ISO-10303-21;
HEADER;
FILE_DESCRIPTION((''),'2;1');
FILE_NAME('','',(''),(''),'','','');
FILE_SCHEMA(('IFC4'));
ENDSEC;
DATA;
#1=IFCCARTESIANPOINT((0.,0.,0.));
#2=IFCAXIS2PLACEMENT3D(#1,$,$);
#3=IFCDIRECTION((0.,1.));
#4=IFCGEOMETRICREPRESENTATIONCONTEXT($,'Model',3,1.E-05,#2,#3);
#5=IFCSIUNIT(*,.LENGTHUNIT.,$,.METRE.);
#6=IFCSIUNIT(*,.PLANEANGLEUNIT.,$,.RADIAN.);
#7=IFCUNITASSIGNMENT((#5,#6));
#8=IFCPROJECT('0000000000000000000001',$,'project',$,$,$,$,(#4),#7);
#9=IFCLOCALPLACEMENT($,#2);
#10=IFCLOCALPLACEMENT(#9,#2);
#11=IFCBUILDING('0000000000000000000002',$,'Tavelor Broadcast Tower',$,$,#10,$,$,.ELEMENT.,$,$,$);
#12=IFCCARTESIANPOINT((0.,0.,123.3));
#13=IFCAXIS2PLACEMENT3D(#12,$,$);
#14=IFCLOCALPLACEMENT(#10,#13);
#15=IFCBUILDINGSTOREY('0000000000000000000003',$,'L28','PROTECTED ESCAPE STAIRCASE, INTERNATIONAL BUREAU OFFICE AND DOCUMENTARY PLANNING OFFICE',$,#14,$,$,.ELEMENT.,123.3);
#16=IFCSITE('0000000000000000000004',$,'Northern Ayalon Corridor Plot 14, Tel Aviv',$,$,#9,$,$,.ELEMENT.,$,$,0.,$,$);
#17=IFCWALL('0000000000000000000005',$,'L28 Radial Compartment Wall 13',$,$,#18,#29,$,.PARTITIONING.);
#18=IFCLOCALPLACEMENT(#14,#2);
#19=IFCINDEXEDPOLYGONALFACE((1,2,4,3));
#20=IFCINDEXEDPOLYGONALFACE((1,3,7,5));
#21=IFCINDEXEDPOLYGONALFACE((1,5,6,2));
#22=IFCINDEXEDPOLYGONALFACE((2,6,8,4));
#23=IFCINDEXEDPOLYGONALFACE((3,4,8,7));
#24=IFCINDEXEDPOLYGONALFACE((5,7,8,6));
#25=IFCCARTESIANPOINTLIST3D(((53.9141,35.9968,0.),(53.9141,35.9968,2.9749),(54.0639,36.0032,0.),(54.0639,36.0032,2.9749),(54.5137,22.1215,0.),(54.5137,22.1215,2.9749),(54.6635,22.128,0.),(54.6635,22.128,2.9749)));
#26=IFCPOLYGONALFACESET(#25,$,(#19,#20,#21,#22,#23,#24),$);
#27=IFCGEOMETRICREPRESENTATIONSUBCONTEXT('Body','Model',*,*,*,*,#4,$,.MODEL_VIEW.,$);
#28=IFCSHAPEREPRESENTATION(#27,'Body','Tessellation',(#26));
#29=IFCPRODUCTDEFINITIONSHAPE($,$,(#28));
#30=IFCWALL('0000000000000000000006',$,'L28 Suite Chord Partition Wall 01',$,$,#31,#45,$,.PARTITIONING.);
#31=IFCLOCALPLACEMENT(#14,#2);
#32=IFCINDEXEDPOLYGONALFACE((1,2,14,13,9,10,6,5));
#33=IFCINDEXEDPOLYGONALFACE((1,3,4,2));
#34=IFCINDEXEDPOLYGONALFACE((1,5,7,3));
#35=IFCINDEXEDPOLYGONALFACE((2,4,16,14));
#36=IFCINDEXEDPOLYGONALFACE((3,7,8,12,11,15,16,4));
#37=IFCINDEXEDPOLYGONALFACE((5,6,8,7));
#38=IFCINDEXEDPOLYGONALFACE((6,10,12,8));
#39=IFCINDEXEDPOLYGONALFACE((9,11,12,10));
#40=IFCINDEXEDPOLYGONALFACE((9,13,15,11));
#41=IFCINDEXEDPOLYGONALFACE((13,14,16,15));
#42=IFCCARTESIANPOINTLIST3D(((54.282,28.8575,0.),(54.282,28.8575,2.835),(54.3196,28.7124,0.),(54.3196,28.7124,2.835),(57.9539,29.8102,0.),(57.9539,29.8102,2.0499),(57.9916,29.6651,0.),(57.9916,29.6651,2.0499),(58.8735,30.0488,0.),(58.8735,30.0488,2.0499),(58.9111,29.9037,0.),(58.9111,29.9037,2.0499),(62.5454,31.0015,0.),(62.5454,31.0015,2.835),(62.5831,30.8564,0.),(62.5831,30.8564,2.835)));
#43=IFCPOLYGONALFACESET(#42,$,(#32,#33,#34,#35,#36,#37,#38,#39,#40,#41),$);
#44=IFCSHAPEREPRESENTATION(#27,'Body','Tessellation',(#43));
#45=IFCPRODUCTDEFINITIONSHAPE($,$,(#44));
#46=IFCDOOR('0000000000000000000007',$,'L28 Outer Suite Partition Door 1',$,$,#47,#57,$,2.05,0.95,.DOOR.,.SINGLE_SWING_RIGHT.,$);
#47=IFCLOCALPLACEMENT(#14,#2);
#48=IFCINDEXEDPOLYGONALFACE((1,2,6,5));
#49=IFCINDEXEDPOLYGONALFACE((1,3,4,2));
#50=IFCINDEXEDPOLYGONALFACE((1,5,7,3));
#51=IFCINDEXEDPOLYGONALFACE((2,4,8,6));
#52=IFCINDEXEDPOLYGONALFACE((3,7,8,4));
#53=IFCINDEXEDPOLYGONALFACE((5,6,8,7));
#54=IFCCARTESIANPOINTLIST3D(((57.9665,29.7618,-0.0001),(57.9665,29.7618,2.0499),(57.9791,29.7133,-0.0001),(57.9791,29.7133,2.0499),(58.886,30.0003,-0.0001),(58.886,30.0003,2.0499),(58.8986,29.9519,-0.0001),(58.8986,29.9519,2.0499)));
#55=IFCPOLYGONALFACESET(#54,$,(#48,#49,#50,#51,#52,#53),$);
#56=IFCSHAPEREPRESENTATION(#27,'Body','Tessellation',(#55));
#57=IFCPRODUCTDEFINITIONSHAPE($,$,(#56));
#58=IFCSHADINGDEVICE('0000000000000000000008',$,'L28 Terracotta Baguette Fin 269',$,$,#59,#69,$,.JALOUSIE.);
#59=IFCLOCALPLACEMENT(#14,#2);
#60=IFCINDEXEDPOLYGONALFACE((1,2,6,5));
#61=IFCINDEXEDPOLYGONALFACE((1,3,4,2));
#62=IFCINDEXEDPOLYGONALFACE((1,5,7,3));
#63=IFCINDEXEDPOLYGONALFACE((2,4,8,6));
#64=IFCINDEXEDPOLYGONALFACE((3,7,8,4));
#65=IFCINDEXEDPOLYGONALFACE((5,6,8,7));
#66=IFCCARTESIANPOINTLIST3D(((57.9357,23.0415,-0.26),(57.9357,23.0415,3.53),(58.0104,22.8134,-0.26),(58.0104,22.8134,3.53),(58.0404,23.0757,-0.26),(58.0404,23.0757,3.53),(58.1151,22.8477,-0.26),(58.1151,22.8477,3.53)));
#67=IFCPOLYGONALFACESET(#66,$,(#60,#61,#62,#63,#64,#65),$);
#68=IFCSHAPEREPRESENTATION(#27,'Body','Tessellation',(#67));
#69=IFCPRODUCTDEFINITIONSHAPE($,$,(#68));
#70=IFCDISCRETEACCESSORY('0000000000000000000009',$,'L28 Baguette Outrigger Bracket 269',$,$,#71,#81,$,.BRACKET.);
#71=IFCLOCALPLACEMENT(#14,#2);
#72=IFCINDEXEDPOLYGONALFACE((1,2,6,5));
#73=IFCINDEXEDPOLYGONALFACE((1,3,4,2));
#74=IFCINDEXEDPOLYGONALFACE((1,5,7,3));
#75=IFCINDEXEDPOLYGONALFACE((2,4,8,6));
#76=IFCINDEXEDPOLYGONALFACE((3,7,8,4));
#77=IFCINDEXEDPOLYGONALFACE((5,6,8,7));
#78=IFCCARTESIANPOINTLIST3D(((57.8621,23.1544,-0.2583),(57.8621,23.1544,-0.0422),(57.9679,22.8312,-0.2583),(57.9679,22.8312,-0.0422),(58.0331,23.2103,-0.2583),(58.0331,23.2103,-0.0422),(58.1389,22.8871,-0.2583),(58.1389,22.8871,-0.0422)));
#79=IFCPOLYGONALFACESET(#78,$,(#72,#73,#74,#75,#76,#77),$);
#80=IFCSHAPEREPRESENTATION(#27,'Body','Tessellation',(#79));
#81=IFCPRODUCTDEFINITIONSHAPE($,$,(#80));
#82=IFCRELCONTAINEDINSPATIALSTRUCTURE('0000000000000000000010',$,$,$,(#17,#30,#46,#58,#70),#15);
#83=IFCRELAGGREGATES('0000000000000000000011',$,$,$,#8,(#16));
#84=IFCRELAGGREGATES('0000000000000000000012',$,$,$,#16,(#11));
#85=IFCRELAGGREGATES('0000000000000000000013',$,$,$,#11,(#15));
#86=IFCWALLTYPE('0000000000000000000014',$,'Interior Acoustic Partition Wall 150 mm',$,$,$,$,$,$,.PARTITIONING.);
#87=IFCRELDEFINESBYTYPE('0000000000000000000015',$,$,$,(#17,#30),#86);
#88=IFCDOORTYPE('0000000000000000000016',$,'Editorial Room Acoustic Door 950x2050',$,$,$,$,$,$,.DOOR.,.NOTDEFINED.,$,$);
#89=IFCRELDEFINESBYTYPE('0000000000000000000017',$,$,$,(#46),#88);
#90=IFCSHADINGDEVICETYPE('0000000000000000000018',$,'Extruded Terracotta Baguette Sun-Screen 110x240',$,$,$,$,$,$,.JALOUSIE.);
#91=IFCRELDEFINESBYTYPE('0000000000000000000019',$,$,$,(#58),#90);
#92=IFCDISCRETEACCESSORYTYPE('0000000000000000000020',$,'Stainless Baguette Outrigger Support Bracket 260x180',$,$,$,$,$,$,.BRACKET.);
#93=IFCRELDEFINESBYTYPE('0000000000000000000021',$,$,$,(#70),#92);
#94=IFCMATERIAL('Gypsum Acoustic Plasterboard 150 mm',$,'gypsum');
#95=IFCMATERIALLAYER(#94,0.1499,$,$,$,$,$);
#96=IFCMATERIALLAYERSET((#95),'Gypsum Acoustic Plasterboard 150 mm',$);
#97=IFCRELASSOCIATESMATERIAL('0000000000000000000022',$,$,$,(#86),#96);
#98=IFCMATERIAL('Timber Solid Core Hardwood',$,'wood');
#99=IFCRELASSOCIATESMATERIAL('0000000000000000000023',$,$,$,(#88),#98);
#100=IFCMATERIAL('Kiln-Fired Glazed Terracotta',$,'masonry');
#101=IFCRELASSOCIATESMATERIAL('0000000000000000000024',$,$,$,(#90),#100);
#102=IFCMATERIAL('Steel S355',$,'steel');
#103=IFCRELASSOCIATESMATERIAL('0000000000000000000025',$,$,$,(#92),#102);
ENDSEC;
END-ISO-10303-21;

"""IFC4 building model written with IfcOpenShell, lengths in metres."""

from ifc_helpers import new_model, si_unit, direction, frame, frame_2d, origin, origin_2d, place, context, subcontext, project, spatial, rectangle, extrude, source, transform, mapped, material, layer, layer_set, type_object, type_shapes, element, fill, save


model = new_model("IFC4")

# Units and contexts
model_context = context("Model", 3, precision=1e-05, world=origin(), true_north=direction((0.0, 1.0)))
body_context = subcontext(model_context, "Body", "Model", "MODEL_VIEW")
ifc_project = project(units=[si_unit("LENGTHUNIT", "METRE"), si_unit("PLANEANGLEUNIT", "RADIAN")], contexts=[model_context])

# Site, building, storey
site_placement = place(None, origin())
site = spatial("IfcSite", under=ifc_project, at=site_placement, Name="Northern Ayalon Corridor Plot 14, Tel Aviv", CompositionType="ELEMENT", RefElevation=0.0)
building_placement = place(site_placement, origin())
building = spatial("IfcBuilding", under=site, at=building_placement, Name="Tavelor Broadcast Tower", CompositionType="ELEMENT")
storey_placement = place(building_placement, frame((0.0, 0.0, 123.3)))
storey = spatial("IfcBuildingStorey", under=building, at=storey_placement, Name="L28", Description="PROTECTED ESCAPE STAIRCASE, INTERNATIONAL BUREAU OFFICE AND DOCUMENTARY PLANNING OFFICE", CompositionType="ELEMENT", Elevation=123.3)

# Shared definitions
ifc_material_1 = material(Name="Steel S355", Category="steel")

# Shared definitions
ifc_material_2 = material(Name="Gypsum Acoustic Plasterboard 150 mm", Category="gypsum")
ifc_layer_1 = layer(ifc_material_2, 0.1499)
ifc_layer_set_1 = layer_set([ifc_layer_1], Name="Gypsum Acoustic Plasterboard 150 mm")
wall_type = type_object("IfcWallType", Name="Interior Acoustic Partition Wall 150 mm", PredefinedType="PARTITIONING", material=ifc_layer_set_1)
ifc_material_3 = material(Name="Timber Solid Core Hardwood", Category="wood")

# Wall
wall_1_placement = place(storey_placement, frame((53.989, 36.0, 0.0), z_axis=(0.0, 0.0, 1.0), x_axis=(0.043174, -0.999068, 0.0)))
element("IfcWall", 1, at=wall_1_placement, inside=storey, type_object=wall_type, Name="L28 Radial Compartment Wall 13", PredefinedType="PARTITIONING", context=body_context, shape_type="SweptSolid", body=[
    extrude(rectangle(XDim=13.8882, YDim=0.1499, at=frame_2d((6.9441, 0.0))), origin(), (0.0, 0.0, 1.0), 2.9749),
])

# Wall, opening, door
wall_2_placement = place(storey_placement, frame((54.3008, 28.7849, 0.0), z_axis=(0.0, 0.0, 1.0), x_axis=(0.967949, 0.251146, 0.0)))
wall_2 = element("IfcWall", 2, at=wall_2_placement, inside=storey, type_object=wall_type, Name="L28 Suite Chord Partition Wall 01", PredefinedType="PARTITIONING", context=body_context, shape_type="SweptSolid", body=[
    extrude(rectangle(XDim=8.5371, YDim=0.1499, at=frame_2d((4.2686, 0.0))), origin(), (0.0, 0.0, 1.0), 2.835),
])
opening_1_placement = place(wall_2_placement, frame((3.7935, 0.0, 0.0)))
opening_1 = element("IfcOpeningElement", 3, at=opening_1_placement, cuts=wall_2, PredefinedType="OPENING", context=body_context, shape_type="SweptSolid", body=[
    extrude(rectangle(XDim=0.95, YDim=2.05, at=frame_2d((0.4751, 1.0249))), frame((0.0, 0.085, 0.0), z_axis=(0.0, -1.0, 0.0), x_axis=(1.0, 0.0, 0.0)), (0.0, 0.0, 1.0), 0.1699),
])
door_type_1 = type_object("IfcDoorType", Name="Editorial Room Acoustic Door 950x2050", OperationType="NOTDEFINED", PredefinedType="DOOR", material=ifc_material_3)
door_1_placement = place(opening_1_placement, origin())
door_1 = element("IfcDoor", 4, at=door_1_placement, inside=storey, type_object=door_type_1, Name="L28 Outer Suite Partition Door 1", OperationType="SINGLE_SWING_RIGHT", OverallHeight=2.05, OverallWidth=0.95, PredefinedType="DOOR", context=body_context, shape_type="SweptSolid", body=[
    extrude(rectangle(XDim=0.95, YDim=2.05, at=frame_2d((0.4751, 1.0249))), frame((0.0, 0.0249, 0.0), z_axis=(0.0, -1.0, 0.0), x_axis=(1.0, 0.0, 0.0)), (0.0, 0.0, 1.0), 0.05),
])
fill(opening_1, door_1)

# Shading device
ifc_material_4 = material(Name="Kiln-Fired Glazed Terracotta", Category="masonry")
shading_device_type = type_object("IfcShadingDeviceType", Name="Extruded Terracotta Baguette Sun-Screen 110x240", PredefinedType="JALOUSIE", material=ifc_material_4)
shared_shape_1 = source(origin(), body_context, "Body", "SweptSolid", [
    extrude(rectangle(XDim=0.1101, YDim=0.24, at=origin_2d()), origin(), (0.0, 0.0, 1.0), 3.79),
])
type_shapes(shading_device_type, [shared_shape_1])
shading_device_placement = place(storey_placement, frame((58.0254, 22.9446, -0.26), z_axis=(0.0, 0.0, 1.0), x_axis=(0.950353, 0.311174, 0.0)))
element("IfcShadingDevice", 5, at=shading_device_placement, inside=storey, type_object=shading_device_type, Name="L28 Terracotta Baguette Fin 269", PredefinedType="JALOUSIE", context=body_context, shape_type="MappedRepresentation", body=[
    mapped(shared_shape_1, transform((0.0, 0.0, 0.0), scale=1.0)),
])

# Discrete accessory
discrete_accessory_type = type_object("IfcDiscreteAccessoryType", Name="Stainless Baguette Outrigger Support Bracket 260x180", PredefinedType="BRACKET", material=ifc_material_1)
shared_shape_2 = source(origin(), body_context, "Body", "SweptSolid", [
    extrude(rectangle(XDim=0.1799, YDim=0.3401, at=origin_2d()), origin(), (0.0, 0.0, 1.0), 0.2161),
])
type_shapes(discrete_accessory_type, [shared_shape_2])
discrete_accessory_placement = place(storey_placement, frame((58.0005, 23.0208, -0.2583), z_axis=(0.0, 0.0, 1.0), x_axis=(0.950353, 0.311174, 0.0)))
element("IfcDiscreteAccessory", 6, at=discrete_accessory_placement, inside=storey, type_object=discrete_accessory_type, Name="L28 Baguette Outrigger Bracket 269", PredefinedType="BRACKET", context=body_context, shape_type="MappedRepresentation", body=[
    mapped(shared_shape_2, transform((0.0, 0.0, 0.0), scale=1.0)),
])

save(model, "model.ifc")
